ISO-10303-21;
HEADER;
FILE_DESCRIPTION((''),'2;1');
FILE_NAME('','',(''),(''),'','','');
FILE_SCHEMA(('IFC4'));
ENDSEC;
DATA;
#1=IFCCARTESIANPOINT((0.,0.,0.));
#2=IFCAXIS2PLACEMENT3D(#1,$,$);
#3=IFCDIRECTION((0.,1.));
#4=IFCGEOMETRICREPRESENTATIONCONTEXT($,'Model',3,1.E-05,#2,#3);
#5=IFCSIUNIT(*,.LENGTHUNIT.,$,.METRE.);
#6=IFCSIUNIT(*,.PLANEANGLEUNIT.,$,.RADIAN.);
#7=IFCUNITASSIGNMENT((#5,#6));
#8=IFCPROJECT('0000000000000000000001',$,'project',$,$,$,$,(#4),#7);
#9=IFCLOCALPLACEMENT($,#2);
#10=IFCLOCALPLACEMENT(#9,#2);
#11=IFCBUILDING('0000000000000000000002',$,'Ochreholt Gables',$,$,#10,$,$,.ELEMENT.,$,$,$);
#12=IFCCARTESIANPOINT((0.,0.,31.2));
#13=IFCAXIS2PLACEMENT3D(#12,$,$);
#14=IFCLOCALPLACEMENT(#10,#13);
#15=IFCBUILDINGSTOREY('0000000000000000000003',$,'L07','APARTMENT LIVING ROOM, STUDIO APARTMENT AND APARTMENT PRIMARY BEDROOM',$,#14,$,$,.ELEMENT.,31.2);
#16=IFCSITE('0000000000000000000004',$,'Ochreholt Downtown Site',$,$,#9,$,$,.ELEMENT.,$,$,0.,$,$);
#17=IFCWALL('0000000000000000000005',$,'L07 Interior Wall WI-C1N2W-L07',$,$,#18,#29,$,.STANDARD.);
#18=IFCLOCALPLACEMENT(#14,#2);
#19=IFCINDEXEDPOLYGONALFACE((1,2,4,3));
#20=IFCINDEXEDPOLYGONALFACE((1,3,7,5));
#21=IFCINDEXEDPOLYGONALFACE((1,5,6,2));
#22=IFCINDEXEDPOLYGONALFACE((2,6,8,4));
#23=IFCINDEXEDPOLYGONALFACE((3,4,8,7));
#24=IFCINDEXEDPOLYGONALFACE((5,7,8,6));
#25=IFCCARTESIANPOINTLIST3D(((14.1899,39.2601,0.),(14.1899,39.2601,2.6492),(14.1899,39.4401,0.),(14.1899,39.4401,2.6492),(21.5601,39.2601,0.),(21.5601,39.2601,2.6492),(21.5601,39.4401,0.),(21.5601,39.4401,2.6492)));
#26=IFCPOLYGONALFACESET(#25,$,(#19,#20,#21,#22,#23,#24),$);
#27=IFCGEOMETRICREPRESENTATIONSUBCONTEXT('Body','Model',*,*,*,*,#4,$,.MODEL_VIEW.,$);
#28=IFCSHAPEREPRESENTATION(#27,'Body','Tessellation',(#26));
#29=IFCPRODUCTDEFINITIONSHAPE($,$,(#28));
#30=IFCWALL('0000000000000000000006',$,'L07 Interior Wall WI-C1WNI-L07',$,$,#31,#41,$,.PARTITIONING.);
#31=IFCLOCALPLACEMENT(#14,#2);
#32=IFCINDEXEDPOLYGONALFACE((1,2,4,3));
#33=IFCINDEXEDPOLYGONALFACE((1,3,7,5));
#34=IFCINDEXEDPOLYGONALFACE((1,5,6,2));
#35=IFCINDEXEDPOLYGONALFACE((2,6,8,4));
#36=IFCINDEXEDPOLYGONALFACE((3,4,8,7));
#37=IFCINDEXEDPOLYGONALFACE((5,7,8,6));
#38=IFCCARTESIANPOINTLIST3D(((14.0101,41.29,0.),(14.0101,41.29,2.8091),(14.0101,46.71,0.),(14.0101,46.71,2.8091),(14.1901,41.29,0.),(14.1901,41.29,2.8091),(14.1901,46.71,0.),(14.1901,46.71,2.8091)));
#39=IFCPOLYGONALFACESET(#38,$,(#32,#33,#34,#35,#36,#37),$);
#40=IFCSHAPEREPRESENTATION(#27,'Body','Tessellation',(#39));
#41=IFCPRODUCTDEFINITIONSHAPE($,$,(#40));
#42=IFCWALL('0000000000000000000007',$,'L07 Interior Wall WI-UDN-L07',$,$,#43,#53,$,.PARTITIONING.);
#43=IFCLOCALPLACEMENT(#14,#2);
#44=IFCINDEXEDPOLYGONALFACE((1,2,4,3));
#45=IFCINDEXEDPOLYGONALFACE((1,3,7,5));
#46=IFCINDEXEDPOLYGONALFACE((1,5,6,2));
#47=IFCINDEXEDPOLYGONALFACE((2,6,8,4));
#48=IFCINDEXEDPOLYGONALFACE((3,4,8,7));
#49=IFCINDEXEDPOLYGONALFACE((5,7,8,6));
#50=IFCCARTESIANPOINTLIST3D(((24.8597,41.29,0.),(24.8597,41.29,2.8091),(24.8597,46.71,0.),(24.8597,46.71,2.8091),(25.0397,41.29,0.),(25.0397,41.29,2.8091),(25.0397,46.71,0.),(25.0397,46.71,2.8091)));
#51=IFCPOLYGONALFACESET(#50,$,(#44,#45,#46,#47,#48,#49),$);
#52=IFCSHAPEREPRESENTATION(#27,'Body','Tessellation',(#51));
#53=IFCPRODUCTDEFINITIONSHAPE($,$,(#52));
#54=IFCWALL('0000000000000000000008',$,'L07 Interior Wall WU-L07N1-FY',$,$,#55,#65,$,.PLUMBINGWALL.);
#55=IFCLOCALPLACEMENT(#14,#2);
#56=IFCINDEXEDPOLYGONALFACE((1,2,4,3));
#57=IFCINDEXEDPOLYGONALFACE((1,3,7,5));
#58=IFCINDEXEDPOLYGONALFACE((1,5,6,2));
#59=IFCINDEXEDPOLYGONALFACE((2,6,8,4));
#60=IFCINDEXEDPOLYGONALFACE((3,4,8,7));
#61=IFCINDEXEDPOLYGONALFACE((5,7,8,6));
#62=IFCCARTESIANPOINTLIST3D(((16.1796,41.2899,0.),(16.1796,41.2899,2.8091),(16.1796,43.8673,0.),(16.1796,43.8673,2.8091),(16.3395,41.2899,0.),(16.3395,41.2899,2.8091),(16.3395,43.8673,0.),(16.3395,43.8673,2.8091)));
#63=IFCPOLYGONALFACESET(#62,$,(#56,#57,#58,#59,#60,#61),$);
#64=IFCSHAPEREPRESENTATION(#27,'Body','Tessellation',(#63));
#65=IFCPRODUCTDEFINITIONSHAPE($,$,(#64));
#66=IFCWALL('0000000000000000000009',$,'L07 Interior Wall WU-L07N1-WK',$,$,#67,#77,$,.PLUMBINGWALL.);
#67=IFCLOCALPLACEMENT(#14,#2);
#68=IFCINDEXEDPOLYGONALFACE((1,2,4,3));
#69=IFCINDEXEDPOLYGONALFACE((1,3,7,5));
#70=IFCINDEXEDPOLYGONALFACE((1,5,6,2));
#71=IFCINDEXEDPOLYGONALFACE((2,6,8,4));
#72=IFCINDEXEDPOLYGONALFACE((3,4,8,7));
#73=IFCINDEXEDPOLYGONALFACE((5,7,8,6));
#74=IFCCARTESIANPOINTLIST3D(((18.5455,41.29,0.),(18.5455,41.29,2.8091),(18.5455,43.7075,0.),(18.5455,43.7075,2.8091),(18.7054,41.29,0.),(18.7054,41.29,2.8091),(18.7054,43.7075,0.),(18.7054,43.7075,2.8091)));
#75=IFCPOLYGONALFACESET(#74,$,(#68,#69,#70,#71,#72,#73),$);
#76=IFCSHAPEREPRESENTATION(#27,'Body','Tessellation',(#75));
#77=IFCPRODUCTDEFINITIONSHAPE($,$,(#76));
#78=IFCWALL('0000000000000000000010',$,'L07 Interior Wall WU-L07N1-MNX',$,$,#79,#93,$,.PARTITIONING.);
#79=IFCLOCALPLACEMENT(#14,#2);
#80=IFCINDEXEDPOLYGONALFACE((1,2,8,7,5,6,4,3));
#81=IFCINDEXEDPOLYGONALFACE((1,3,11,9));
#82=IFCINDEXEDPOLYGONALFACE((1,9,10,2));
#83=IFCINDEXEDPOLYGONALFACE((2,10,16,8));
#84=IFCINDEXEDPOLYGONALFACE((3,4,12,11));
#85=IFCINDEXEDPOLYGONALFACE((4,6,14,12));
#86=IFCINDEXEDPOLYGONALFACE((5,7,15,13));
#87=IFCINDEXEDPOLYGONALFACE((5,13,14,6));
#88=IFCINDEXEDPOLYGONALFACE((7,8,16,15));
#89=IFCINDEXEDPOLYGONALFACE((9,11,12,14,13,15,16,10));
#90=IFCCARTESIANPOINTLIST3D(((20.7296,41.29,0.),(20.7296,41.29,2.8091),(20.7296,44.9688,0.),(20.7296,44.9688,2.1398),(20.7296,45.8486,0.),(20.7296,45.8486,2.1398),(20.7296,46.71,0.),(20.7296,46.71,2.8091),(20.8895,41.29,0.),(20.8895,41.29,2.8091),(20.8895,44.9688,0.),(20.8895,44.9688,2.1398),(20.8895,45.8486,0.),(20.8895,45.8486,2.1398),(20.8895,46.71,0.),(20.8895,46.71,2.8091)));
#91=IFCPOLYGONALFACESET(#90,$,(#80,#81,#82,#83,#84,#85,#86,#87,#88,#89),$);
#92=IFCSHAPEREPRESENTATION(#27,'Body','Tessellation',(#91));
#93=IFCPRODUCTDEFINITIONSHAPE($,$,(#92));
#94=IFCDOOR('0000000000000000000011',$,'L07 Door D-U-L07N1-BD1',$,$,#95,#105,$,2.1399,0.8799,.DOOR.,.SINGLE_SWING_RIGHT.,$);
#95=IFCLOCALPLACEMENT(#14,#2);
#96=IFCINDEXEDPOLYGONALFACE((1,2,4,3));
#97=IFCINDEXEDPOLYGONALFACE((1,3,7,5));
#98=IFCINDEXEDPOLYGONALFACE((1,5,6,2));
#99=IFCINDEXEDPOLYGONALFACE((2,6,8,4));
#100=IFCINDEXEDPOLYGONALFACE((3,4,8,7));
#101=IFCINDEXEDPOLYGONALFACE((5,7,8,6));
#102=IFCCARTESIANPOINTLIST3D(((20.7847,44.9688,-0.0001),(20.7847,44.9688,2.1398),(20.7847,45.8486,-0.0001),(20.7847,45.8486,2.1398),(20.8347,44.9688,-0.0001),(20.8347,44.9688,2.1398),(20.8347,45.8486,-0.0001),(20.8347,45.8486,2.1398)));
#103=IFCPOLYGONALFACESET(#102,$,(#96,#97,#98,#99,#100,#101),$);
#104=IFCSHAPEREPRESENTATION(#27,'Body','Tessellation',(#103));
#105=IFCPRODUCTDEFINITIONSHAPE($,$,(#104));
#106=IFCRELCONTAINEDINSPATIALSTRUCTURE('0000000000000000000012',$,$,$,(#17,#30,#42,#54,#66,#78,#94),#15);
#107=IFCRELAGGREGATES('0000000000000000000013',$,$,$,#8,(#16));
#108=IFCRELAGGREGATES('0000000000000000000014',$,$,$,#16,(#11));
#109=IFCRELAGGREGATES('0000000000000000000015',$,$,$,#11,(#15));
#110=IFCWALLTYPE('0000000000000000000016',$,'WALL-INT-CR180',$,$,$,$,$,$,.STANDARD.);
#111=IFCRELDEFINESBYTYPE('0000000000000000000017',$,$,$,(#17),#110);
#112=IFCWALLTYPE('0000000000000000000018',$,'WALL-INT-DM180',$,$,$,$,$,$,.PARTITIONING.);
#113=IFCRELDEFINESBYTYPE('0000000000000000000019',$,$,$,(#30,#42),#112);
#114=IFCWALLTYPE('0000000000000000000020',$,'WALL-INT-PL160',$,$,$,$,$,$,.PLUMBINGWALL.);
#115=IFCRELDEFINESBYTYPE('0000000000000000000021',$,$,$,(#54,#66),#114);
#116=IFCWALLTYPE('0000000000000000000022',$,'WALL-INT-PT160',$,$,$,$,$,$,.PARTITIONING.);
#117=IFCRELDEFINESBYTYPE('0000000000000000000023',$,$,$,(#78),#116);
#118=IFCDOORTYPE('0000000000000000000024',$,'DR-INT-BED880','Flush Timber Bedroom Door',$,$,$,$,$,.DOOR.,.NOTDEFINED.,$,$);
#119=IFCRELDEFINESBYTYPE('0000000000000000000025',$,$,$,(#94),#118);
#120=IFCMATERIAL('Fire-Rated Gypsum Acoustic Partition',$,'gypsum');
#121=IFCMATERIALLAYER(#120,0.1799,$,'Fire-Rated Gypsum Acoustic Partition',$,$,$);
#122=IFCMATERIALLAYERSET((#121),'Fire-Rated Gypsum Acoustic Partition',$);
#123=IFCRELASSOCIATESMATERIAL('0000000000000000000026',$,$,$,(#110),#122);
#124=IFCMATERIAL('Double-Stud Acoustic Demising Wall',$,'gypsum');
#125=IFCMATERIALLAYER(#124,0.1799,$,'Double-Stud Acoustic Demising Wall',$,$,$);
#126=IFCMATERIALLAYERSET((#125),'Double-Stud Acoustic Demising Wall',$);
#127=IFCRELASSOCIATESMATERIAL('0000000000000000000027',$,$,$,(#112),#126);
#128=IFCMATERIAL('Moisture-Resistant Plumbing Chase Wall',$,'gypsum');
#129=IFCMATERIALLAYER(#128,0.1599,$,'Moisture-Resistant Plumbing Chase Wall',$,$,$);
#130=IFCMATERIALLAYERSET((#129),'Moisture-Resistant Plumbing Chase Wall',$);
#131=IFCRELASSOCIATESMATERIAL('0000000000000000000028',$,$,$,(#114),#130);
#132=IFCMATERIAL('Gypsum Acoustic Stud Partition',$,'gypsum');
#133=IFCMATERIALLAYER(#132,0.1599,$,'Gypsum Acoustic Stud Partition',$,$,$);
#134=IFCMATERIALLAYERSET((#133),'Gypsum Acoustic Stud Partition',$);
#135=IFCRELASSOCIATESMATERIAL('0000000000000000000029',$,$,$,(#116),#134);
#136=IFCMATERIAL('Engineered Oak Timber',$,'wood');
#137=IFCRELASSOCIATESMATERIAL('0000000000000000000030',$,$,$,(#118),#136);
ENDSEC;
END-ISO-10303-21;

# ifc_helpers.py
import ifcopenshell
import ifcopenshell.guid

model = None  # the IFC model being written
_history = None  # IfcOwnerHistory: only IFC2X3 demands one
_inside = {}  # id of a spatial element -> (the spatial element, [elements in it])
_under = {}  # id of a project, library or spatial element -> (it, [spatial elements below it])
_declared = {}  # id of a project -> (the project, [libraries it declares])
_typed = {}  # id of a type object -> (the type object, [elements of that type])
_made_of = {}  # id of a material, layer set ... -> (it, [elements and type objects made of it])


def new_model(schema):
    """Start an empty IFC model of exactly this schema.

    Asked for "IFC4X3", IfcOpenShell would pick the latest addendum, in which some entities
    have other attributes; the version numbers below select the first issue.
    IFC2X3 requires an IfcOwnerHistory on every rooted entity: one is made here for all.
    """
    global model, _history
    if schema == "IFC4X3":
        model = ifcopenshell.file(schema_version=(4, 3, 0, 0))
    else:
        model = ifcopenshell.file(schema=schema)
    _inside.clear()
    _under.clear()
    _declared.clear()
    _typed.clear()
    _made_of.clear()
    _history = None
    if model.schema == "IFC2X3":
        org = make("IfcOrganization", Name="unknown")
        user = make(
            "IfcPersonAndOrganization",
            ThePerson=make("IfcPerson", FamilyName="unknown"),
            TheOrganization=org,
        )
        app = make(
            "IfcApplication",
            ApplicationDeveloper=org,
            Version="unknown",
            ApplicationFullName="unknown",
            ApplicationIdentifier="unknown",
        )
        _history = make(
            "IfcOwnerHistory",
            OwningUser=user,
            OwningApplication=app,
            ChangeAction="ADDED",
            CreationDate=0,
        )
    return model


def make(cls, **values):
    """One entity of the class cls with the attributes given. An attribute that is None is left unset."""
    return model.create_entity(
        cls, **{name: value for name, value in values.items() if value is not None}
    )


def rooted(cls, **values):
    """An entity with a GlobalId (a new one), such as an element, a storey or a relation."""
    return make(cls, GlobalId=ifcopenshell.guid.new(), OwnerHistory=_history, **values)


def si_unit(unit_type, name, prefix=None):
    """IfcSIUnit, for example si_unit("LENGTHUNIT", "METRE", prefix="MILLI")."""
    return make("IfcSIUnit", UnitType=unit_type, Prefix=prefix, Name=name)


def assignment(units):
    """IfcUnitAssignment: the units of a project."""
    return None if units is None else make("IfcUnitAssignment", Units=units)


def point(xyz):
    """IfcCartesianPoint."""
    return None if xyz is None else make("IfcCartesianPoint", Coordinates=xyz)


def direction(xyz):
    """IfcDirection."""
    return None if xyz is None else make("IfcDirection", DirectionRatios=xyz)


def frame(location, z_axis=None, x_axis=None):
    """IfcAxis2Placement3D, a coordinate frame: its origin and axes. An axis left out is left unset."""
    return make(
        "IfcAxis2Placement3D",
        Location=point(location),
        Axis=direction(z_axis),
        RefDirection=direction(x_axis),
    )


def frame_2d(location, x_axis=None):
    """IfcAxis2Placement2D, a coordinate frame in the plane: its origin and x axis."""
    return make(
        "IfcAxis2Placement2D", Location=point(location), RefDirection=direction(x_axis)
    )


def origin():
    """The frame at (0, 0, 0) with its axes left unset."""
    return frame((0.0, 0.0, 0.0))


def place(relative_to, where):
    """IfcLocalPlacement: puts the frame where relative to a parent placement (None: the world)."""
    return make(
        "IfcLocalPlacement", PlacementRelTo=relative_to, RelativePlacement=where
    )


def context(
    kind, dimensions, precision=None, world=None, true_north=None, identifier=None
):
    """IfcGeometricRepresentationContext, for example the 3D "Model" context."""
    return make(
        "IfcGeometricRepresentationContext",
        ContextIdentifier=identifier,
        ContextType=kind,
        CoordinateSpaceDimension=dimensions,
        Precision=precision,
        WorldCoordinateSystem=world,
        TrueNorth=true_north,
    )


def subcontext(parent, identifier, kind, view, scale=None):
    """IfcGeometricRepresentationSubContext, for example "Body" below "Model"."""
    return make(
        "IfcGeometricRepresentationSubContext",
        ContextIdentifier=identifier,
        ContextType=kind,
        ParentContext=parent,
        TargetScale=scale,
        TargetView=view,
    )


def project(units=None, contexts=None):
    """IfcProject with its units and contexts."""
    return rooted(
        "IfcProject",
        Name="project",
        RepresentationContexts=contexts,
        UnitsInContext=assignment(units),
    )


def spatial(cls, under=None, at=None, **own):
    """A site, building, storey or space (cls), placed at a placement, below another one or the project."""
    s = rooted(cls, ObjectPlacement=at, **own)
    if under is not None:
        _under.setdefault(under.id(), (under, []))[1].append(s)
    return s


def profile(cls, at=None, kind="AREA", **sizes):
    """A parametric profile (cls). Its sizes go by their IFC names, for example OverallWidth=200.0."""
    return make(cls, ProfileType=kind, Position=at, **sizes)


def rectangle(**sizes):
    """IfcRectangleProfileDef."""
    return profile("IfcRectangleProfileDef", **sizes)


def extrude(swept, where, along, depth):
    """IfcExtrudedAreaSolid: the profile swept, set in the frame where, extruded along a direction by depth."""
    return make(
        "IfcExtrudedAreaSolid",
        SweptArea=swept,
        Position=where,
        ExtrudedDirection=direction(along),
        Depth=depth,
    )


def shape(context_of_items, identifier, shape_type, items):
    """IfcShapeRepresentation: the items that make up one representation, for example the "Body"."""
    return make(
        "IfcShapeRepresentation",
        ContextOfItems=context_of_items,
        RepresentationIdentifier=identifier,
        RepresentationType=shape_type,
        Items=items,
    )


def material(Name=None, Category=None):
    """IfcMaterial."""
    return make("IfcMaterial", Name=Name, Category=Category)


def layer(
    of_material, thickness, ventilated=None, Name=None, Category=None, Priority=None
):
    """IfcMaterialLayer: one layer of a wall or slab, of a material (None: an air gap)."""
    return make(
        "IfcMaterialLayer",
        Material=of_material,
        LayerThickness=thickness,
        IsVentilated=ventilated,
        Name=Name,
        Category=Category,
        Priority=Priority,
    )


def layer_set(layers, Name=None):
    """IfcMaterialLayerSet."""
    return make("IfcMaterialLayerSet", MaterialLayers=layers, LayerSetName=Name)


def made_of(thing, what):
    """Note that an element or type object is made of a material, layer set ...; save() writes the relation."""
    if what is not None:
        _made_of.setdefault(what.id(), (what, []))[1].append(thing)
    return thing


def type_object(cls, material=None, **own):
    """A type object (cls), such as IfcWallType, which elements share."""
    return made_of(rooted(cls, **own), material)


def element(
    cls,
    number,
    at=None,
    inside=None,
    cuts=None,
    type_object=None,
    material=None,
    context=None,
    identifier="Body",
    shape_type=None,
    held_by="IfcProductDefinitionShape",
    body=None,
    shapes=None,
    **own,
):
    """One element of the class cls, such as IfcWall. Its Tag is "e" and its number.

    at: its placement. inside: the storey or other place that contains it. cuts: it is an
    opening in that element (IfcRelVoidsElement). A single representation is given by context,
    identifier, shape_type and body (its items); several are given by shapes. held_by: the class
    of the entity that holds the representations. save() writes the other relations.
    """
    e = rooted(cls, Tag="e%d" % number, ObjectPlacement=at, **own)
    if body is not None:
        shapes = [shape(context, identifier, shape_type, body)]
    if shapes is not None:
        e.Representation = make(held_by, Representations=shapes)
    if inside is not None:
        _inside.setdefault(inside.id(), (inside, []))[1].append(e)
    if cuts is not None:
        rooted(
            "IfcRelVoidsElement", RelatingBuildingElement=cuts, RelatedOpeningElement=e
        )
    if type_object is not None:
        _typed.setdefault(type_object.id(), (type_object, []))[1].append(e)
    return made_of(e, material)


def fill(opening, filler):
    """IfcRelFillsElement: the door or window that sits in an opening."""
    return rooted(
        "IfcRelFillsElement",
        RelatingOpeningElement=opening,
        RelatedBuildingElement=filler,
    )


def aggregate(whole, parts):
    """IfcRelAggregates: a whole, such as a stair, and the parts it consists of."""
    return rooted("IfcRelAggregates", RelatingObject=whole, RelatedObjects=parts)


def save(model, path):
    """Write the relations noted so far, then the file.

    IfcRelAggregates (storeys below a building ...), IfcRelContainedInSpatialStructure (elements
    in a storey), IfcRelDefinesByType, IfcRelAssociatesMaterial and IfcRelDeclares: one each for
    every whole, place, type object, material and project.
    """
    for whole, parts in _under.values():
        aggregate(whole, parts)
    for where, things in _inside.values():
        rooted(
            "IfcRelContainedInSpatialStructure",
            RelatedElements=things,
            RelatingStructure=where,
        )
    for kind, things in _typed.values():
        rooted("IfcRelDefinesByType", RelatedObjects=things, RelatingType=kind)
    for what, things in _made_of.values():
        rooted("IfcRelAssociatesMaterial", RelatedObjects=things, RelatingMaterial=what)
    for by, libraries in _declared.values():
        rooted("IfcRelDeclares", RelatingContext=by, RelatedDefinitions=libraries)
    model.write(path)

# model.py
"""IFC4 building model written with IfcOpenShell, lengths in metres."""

from ifc_helpers import new_model, si_unit, direction, frame, frame_2d, origin, place, context, subcontext, project, spatial, rectangle, extrude, material, layer, layer_set, type_object, element, fill, save


model = new_model("IFC4")

# Units and contexts
model_context = context("Model", 3, precision=1e-05, world=origin(), true_north=direction((0.0, 1.0)))
body_context = subcontext(model_context, "Body", "Model", "MODEL_VIEW")
ifc_project = project(units=[si_unit("LENGTHUNIT", "METRE"), si_unit("PLANEANGLEUNIT", "RADIAN")], contexts=[model_context])

# Site, building, storey
site_placement = place(None, origin())
site = spatial("IfcSite", under=ifc_project, at=site_placement, Name="Ochreholt Downtown Site", CompositionType="ELEMENT", RefElevation=0.0)
building_placement = place(site_placement, origin())
building = spatial("IfcBuilding", under=site, at=building_placement, Name="Ochreholt Gables", CompositionType="ELEMENT")
storey_placement = place(building_placement, frame((0.0, 0.0, 31.2)))
storey = spatial("IfcBuildingStorey", under=building, at=storey_placement, Name="L07", Description="APARTMENT LIVING ROOM, STUDIO APARTMENT AND APARTMENT PRIMARY BEDROOM", CompositionType="ELEMENT", Elevation=31.2)

# Walls
ifc_material_1 = material(Name="Fire-Rated Gypsum Acoustic Partition", Category="gypsum")
ifc_layer_1 = layer(ifc_material_1, 0.1799, Name="Fire-Rated Gypsum Acoustic Partition")
ifc_layer_set_1 = layer_set([ifc_layer_1], Name="Fire-Rated Gypsum Acoustic Partition")
wall_type_1 = type_object("IfcWallType", Name="WALL-INT-CR180", PredefinedType="STANDARD", material=ifc_layer_set_1)
wall_1_placement = place(storey_placement, frame((14.1899, 39.3501, 0.0), z_axis=(0.0, 0.0, 1.0), x_axis=(1.0, 0.0, 0.0)))
element("IfcWall", 1, at=wall_1_placement, inside=storey, type_object=wall_type_1, Name="L07 Interior Wall WI-C1N2W-L07", PredefinedType="STANDARD", context=body_context, shape_type="SweptSolid", body=[
    extrude(rectangle(XDim=7.3701, YDim=0.1799, at=frame_2d((3.6851, 0.0))), origin(), (0.0, 0.0, 1.0), 2.6492),
])
ifc_material_2 = material(Name="Double-Stud Acoustic Demising Wall", Category="gypsum")
ifc_layer_2 = layer(ifc_material_2, 0.1799, Name="Double-Stud Acoustic Demising Wall")
ifc_layer_set_2 = layer_set([ifc_layer_2], Name="Double-Stud Acoustic Demising Wall")
wall_type_2 = type_object("IfcWallType", Name="WALL-INT-DM180", PredefinedType="PARTITIONING", material=ifc_layer_set_2)
for number, where, z_axis, x_axis, name in (
    (2, (14.1001, 41.29, 0.0), (0.0, 0.0, 1.0), (0.0, 1.0, 0.0), "L07 Interior Wall WI-C1WNI-L07"),
    (3, (24.9497, 41.29, 0.0), (0.0, 0.0, 1.0), (0.0, 1.0, 0.0), "L07 Interior Wall WI-UDN-L07"),
):
    element("IfcWall", number, at=place(storey_placement, frame(where, z_axis=z_axis, x_axis=x_axis)), inside=storey, type_object=wall_type_2, Name=name, PredefinedType="PARTITIONING", context=body_context, shape_type="SweptSolid", body=[
        extrude(rectangle(XDim=5.4199, YDim=0.1799, at=frame_2d((2.71, 0.0))), origin(), (0.0, 0.0, 1.0), 2.8091),
    ])

# Shared definitions
ifc_material_3 = material(Name="Moisture-Resistant Plumbing Chase Wall", Category="gypsum")
ifc_layer_3 = layer(ifc_material_3, 0.1599, Name="Moisture-Resistant Plumbing Chase Wall")
ifc_layer_set_3 = layer_set([ifc_layer_3], Name="Moisture-Resistant Plumbing Chase Wall")
wall_type_3 = type_object("IfcWallType", Name="WALL-INT-PL160", PredefinedType="PLUMBINGWALL", material=ifc_layer_set_3)
ifc_material_4 = material(Name="Engineered Oak Timber", Category="wood")

# Walls
wall_2_placement = place(storey_placement, frame((16.2595, 41.29, 0.0), z_axis=(0.0, 0.0, 1.0), x_axis=(0.0, 1.0, 0.0)))
element("IfcWall", 4, at=wall_2_placement, inside=storey, type_object=wall_type_3, Name="L07 Interior Wall WU-L07N1-FY", PredefinedType="PLUMBINGWALL", context=body_context, shape_type="SweptSolid", body=[
    extrude(rectangle(XDim=2.5774, YDim=0.1599, at=frame_2d((1.2886, 0.0))), origin(), (0.0, 0.0, 1.0), 2.8091),
])
wall_3_placement = place(storey_placement, frame((18.6255, 41.29, 0.0), z_axis=(0.0, 0.0, 1.0), x_axis=(0.0, 1.0, 0.0)))
element("IfcWall", 5, at=wall_3_placement, inside=storey, type_object=wall_type_3, Name="L07 Interior Wall WU-L07N1-WK", PredefinedType="PLUMBINGWALL", context=body_context, shape_type="SweptSolid", body=[
    extrude(rectangle(XDim=2.4175, YDim=0.1599, at=frame_2d((1.2087, 0.0))), origin(), (0.0, 0.0, 1.0), 2.8091),
])

# Wall, opening, door
ifc_material_5 = material(Name="Gypsum Acoustic Stud Partition", Category="gypsum")
ifc_layer_4 = layer(ifc_material_5, 0.1599, Name="Gypsum Acoustic Stud Partition")
ifc_layer_set_4 = layer_set([ifc_layer_4], Name="Gypsum Acoustic Stud Partition")
wall_type_4 = type_object("IfcWallType", Name="WALL-INT-PT160", PredefinedType="PARTITIONING", material=ifc_layer_set_4)
wall_4_placement = place(storey_placement, frame((20.8096, 41.29, 0.0), z_axis=(0.0, 0.0, 1.0), x_axis=(0.0, 1.0, 0.0)))
wall_4 = element("IfcWall", 6, at=wall_4_placement, inside=storey, type_object=wall_type_4, Name="L07 Interior Wall WU-L07N1-MNX", PredefinedType="PARTITIONING", context=body_context, shape_type="SweptSolid", body=[
    extrude(rectangle(XDim=5.4199, YDim=0.1599, at=frame_2d((2.71, 0.0))), origin(), (0.0, 0.0, 1.0), 2.8091),
])
opening_1_placement = place(wall_4_placement, frame((3.6787, 0.0, 0.0)))
opening_1 = element("IfcOpeningElement", 7, at=opening_1_placement, cuts=wall_4, PredefinedType="OPENING", context=body_context, shape_type="SweptSolid", body=[
    extrude(rectangle(XDim=0.8799, YDim=2.1399, at=frame_2d((0.4399, 1.0698))), frame((0.0, 0.0898, 0.0), z_axis=(0.0, -1.0, 0.0), x_axis=(1.0, 0.0, 0.0)), (0.0, 0.0, 1.0), 0.1799),
])
door_type_1 = type_object("IfcDoorType", Name="DR-INT-BED880", Description="Flush Timber Bedroom Door", OperationType="NOTDEFINED", PredefinedType="DOOR", material=ifc_material_4)
door_1_placement = place(opening_1_placement, origin())
door_1 = element("IfcDoor", 8, at=door_1_placement, inside=storey, type_object=door_type_1, Name="L07 Door D-U-L07N1-BD1", OperationType="SINGLE_SWING_RIGHT", OverallHeight=2.1399, OverallWidth=0.8799, PredefinedType="DOOR", context=body_context, shape_type="SweptSolid", body=[
    extrude(rectangle(XDim=0.8799, YDim=2.1399, at=frame_2d((0.4399, 1.0698))), frame((0.0, 0.0249, 0.0), z_axis=(0.0, -1.0, 0.0), x_axis=(1.0, 0.0, 0.0)), (0.0, 0.0, 1.0), 0.05),
])
fill(opening_1, door_1)

save(model, "model.ifc")
